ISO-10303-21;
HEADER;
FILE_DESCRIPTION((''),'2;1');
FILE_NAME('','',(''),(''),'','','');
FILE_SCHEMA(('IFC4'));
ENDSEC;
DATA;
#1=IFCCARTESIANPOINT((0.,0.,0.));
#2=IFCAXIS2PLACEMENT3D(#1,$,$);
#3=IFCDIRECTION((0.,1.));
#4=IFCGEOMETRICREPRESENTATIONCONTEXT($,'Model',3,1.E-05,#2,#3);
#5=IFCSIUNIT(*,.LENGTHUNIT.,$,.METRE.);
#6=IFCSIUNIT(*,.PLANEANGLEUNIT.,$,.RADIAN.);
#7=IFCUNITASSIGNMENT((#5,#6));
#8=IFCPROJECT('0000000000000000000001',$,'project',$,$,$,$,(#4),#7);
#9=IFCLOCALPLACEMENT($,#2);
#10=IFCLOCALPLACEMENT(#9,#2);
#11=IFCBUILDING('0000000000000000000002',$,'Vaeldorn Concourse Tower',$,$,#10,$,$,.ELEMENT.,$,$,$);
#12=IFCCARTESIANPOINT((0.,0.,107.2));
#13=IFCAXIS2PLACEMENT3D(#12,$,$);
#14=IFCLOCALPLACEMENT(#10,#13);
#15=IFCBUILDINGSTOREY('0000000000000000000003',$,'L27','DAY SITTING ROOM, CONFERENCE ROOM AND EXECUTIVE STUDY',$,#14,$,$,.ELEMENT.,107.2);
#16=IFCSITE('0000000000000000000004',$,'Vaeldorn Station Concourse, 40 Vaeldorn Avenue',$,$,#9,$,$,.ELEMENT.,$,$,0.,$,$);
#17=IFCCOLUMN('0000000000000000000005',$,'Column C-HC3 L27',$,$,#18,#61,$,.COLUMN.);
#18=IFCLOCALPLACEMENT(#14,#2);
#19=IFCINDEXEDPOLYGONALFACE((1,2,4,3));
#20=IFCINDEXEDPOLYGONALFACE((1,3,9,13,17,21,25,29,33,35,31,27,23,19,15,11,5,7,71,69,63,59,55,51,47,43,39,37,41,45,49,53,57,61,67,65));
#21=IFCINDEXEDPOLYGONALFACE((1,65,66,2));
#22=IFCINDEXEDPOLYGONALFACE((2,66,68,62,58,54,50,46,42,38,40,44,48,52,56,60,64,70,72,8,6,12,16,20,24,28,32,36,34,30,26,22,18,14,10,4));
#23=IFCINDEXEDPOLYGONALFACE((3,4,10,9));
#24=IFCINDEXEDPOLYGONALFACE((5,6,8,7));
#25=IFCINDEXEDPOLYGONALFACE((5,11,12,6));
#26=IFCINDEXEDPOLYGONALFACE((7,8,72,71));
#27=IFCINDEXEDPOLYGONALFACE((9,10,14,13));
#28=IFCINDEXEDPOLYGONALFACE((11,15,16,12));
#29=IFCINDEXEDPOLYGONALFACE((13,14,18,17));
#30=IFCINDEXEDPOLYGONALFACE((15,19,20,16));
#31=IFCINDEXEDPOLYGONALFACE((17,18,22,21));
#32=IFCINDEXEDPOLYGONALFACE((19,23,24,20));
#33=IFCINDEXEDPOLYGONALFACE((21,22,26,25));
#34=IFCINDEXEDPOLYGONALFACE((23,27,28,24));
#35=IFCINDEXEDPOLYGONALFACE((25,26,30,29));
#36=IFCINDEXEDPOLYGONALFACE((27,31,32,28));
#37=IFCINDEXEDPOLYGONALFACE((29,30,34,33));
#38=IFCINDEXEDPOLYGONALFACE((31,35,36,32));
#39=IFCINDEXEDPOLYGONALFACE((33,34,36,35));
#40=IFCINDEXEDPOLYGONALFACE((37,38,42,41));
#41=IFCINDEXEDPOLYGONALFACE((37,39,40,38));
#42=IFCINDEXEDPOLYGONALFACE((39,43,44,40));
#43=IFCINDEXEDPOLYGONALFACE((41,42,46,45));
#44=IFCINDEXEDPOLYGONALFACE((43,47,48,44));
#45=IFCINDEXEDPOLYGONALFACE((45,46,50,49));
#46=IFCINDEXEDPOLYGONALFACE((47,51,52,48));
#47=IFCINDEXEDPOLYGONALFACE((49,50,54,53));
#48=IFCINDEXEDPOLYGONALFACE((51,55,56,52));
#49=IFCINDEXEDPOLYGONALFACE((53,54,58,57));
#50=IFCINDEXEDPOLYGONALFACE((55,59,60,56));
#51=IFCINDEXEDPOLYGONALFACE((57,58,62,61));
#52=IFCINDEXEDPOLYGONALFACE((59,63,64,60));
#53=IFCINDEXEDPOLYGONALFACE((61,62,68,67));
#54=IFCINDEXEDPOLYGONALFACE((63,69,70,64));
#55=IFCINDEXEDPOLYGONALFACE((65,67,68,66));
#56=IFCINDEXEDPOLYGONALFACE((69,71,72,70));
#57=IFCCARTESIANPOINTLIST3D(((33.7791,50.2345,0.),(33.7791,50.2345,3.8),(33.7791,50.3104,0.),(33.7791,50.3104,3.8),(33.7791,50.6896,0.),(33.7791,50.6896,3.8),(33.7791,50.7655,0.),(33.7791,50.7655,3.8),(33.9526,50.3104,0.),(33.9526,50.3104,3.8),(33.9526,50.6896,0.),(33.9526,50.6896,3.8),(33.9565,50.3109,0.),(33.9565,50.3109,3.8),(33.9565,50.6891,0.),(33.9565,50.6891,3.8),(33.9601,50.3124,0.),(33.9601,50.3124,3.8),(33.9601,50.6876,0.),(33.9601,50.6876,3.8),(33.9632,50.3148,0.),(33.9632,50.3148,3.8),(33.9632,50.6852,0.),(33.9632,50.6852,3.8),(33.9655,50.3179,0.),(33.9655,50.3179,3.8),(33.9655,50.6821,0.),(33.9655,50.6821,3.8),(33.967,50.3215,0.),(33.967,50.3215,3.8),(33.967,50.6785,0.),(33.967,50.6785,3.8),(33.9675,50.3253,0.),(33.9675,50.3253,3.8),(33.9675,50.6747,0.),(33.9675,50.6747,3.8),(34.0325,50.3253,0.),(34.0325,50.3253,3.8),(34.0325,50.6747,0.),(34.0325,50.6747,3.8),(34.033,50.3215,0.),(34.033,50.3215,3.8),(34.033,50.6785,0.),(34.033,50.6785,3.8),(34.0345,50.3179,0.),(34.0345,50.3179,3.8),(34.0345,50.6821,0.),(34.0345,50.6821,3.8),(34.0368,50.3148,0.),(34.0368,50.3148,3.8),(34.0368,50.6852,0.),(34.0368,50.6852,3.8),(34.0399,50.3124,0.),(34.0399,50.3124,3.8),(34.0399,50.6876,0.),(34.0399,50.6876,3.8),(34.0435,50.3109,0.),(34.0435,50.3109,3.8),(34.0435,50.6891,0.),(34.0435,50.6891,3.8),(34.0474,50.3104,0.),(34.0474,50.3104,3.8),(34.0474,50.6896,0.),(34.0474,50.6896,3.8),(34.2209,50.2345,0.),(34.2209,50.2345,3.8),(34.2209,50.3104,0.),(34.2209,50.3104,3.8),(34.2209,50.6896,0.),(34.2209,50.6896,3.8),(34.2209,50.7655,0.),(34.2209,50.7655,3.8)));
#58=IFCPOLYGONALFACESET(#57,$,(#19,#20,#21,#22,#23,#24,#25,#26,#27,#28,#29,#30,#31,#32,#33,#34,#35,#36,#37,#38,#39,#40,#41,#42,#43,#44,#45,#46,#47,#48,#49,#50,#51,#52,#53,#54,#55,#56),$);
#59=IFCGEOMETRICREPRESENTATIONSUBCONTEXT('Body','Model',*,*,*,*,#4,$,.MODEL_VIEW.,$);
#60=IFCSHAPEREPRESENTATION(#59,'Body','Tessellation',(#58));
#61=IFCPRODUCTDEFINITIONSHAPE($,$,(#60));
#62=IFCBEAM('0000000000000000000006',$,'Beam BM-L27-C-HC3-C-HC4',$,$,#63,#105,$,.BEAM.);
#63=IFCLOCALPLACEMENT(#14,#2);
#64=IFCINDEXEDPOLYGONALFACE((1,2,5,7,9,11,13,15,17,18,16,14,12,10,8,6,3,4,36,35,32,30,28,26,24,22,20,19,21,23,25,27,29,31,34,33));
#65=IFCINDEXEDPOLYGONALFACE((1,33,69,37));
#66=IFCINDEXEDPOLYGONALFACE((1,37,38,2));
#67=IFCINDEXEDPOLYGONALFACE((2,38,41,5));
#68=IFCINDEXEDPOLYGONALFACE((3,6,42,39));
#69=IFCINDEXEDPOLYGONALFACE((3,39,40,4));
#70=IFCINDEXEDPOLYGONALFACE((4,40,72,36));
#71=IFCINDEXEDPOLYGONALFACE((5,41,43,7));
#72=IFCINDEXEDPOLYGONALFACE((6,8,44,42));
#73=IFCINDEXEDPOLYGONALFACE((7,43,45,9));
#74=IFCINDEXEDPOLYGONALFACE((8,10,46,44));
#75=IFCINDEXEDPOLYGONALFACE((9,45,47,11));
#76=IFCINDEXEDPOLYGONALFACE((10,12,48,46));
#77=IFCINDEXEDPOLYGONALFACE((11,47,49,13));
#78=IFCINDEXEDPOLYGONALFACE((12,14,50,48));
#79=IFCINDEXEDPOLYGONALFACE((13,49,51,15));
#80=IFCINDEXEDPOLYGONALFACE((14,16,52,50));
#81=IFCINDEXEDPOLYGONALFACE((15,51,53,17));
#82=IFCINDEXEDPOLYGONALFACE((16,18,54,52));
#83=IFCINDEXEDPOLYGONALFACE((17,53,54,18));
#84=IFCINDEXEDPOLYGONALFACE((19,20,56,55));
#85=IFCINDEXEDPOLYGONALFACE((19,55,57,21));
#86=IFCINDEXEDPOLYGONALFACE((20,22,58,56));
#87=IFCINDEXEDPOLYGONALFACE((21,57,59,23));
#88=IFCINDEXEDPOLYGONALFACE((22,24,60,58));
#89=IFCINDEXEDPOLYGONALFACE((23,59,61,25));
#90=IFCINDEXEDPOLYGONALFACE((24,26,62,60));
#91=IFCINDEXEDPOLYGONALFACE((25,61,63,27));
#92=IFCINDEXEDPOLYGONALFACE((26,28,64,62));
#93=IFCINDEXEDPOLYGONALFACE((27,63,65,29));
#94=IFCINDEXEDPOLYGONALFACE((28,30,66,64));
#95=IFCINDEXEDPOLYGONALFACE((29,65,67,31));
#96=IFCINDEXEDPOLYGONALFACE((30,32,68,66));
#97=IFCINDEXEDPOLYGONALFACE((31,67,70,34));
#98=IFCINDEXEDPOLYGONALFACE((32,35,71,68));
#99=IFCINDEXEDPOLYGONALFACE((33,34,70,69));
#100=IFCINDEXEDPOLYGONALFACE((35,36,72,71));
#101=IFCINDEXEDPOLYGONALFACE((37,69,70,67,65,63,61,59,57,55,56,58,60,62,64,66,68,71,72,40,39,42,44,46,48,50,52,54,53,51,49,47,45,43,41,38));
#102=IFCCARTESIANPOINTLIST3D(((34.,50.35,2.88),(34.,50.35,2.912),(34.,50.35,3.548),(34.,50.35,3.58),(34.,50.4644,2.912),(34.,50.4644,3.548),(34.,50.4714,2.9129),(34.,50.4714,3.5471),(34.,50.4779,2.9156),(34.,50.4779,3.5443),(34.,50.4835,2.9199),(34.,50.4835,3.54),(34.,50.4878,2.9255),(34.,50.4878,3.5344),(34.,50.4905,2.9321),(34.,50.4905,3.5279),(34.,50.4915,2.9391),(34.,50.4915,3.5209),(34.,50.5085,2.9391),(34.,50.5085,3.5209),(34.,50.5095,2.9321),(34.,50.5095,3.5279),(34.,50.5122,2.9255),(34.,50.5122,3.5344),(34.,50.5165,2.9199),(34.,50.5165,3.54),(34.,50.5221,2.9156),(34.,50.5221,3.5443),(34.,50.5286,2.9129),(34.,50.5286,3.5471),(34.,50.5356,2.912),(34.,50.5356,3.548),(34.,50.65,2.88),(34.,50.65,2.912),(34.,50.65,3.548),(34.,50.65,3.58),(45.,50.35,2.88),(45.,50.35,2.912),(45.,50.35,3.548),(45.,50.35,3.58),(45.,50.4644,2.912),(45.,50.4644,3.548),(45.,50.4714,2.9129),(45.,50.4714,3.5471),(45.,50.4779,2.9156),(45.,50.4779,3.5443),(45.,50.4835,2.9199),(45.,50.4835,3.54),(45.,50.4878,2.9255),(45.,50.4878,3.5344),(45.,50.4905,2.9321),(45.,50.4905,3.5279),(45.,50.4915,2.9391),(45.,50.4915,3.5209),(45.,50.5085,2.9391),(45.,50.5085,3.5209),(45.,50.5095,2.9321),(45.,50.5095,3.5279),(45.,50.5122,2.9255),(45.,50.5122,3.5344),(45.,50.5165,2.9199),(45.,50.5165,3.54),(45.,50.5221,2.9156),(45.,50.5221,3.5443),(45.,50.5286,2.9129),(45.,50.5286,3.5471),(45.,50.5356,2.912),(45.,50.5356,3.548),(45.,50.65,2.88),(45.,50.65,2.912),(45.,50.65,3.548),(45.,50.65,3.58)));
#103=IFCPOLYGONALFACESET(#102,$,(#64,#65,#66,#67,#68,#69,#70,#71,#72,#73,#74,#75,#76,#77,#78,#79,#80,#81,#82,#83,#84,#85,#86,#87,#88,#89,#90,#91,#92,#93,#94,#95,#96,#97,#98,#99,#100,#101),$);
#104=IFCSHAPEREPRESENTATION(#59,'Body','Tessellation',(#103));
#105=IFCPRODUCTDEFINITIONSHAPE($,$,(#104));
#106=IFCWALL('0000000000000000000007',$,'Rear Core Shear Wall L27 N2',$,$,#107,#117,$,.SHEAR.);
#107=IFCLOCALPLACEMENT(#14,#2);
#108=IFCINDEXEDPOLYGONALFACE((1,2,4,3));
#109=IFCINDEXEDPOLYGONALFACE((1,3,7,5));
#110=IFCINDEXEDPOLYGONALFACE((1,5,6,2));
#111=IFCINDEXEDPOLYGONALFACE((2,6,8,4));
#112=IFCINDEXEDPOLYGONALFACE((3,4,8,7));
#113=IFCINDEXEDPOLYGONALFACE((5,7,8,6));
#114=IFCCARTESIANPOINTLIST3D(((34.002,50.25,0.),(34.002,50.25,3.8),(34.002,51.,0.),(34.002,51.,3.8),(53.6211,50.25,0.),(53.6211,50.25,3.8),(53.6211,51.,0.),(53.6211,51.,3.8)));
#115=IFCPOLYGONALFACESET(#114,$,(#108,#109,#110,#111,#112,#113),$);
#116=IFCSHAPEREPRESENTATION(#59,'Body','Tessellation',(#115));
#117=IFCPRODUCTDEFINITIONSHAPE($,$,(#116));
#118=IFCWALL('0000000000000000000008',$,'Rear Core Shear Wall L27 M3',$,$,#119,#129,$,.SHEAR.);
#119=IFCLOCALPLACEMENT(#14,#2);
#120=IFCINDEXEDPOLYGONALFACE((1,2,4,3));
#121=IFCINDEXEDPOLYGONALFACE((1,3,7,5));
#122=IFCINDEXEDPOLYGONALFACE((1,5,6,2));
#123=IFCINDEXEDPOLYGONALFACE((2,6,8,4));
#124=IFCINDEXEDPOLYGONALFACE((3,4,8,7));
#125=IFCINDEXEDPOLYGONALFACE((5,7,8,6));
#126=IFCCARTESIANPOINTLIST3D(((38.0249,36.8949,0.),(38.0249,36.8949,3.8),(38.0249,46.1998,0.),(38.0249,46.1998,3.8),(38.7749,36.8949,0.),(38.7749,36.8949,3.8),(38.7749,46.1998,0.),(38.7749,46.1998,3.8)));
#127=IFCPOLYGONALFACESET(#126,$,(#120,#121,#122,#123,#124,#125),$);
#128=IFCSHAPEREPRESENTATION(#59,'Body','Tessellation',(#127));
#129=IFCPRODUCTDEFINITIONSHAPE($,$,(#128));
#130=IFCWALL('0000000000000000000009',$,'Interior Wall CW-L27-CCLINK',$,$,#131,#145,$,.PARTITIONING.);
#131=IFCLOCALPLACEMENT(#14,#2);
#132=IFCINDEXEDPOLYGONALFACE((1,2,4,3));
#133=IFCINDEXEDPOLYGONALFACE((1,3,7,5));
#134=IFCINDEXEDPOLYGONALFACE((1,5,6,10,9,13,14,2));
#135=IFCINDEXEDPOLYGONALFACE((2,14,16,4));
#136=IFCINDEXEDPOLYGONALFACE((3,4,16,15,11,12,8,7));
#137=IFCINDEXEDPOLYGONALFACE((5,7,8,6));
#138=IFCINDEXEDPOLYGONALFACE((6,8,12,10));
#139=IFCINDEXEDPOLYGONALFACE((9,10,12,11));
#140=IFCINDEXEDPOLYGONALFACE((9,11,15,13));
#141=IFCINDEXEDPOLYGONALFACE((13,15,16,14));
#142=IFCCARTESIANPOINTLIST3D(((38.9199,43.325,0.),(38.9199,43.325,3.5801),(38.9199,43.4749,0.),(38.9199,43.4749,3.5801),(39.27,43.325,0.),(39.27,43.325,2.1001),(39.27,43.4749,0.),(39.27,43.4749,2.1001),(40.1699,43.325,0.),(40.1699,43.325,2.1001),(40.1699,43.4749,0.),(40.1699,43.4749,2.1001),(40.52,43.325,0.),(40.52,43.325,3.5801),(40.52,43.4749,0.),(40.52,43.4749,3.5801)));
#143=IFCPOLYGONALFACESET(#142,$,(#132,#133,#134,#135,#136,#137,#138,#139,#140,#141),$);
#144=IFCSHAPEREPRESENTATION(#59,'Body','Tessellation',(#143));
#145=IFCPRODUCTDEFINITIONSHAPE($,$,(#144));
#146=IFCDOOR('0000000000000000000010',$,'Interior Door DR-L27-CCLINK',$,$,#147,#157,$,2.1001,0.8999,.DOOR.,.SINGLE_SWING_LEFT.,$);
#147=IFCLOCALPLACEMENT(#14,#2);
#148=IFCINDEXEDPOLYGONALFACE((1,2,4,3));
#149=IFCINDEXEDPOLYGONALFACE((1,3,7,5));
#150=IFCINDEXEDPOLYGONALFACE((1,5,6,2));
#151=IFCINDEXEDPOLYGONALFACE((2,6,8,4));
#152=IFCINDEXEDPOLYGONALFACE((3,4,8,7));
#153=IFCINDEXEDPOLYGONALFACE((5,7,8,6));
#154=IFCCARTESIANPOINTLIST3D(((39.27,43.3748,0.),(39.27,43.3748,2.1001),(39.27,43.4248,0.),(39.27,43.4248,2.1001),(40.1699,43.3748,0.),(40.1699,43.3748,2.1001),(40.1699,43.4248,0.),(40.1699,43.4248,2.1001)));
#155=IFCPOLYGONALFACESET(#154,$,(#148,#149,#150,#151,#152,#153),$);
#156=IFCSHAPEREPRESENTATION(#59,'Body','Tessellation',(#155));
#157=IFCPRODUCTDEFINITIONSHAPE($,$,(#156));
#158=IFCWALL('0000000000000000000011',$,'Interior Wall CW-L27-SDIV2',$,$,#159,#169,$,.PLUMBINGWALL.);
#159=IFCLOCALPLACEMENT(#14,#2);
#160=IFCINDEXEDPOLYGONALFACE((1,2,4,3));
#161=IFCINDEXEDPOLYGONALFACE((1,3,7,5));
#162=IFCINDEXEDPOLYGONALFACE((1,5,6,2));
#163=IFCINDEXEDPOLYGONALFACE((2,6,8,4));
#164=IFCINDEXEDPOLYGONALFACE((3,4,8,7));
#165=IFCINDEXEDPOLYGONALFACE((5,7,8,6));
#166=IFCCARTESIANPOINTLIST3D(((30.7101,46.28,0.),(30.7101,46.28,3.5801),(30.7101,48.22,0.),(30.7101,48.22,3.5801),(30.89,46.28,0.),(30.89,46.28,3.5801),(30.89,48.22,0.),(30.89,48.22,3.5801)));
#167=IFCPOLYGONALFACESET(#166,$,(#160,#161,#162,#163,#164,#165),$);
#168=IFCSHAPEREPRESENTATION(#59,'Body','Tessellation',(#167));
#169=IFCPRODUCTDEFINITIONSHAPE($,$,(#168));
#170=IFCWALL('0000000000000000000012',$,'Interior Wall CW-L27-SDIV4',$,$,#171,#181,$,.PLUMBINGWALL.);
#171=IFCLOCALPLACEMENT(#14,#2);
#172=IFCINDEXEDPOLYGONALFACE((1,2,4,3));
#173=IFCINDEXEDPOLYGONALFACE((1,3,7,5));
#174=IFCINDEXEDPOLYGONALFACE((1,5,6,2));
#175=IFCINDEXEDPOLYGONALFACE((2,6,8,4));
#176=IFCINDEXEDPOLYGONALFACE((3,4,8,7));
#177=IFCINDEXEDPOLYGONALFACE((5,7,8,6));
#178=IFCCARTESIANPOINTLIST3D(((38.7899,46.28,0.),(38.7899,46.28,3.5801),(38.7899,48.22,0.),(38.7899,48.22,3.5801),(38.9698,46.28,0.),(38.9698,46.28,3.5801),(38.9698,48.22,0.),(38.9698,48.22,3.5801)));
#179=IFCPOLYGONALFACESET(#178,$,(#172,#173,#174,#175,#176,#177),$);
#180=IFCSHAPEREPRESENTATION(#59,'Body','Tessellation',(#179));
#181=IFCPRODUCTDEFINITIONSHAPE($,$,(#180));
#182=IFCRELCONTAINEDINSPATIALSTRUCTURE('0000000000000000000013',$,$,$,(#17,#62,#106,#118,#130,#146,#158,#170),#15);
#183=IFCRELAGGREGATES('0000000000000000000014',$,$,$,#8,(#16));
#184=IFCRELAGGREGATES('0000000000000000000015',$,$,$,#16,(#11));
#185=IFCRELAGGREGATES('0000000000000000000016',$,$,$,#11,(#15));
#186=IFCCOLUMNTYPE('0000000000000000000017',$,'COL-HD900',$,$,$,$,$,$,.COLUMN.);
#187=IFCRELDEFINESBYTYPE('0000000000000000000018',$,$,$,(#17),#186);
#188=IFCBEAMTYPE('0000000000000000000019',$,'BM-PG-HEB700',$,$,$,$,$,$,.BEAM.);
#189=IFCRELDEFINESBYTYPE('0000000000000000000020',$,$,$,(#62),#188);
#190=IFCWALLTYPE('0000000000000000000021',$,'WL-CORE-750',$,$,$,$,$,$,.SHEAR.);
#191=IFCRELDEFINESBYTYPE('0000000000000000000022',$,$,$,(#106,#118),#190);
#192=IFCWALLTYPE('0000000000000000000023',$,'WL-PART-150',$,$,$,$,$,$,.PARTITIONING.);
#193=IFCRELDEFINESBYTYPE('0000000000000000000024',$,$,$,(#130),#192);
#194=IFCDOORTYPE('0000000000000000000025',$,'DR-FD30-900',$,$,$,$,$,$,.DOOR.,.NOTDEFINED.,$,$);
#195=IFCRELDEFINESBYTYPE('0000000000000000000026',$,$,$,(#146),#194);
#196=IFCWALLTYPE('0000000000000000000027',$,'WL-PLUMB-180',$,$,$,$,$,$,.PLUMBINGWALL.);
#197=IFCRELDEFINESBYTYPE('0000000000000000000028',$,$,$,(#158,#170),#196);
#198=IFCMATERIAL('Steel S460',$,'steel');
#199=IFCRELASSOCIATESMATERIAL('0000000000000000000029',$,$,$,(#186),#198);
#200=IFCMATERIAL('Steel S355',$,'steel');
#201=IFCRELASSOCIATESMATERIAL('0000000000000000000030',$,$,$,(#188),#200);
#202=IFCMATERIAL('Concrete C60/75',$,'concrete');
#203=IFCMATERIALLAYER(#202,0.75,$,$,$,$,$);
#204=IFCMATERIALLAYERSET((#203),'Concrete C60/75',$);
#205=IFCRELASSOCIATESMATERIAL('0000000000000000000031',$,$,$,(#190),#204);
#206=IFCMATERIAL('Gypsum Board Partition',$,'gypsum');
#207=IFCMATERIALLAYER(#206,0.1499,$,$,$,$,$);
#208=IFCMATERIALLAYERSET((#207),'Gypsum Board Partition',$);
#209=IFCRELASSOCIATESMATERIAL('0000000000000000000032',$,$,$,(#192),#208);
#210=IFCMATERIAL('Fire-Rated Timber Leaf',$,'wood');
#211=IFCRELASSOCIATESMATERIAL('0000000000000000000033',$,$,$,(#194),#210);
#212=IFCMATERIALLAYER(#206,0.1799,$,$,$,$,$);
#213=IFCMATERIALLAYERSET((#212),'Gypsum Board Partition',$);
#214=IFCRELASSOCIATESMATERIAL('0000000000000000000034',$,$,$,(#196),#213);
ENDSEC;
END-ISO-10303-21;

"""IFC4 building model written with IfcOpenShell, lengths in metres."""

from ifc_helpers import new_model, si_unit, direction, frame, frame_2d, origin, origin_2d, place, context, subcontext, project, spatial, rectangle, i_section, extrude, source, transform, mapped, material, layer, layer_set, material_profile, profile_set, type_object, element, fill, save


model = new_model("IFC4")

# Units and contexts
model_context = context("Model", 3, precision=1e-05, world=origin(), true_north=direction((0.0, 1.0)))
body_context = subcontext(model_context, "Body", "Model", "MODEL_VIEW")
ifc_project = project(units=[si_unit("LENGTHUNIT", "METRE"), si_unit("PLANEANGLEUNIT", "RADIAN")], contexts=[model_context])

# Site, building, storey
site_placement = place(None, origin())
site = spatial("IfcSite", under=ifc_project, at=site_placement, Name="Vaeldorn Station Concourse, 40 Vaeldorn Avenue", CompositionType="ELEMENT", RefElevation=0.0)
building_placement = place(site_placement, origin())
building = spatial("IfcBuilding", under=site, at=building_placement, Name="Vaeldorn Concourse Tower", CompositionType="ELEMENT")
storey_placement = place(building_placement, frame((0.0, 0.0, 107.2)))
storey = spatial("IfcBuildingStorey", under=building, at=storey_placement, Name="L27", Description="DAY SITTING ROOM, CONFERENCE ROOM AND EXECUTIVE STUDY", CompositionType="ELEMENT", Elevation=107.2)

# Column
ifc_material_1 = material(Name="Steel S460", Category="steel")
ifc_material_profile_1 = material_profile(ifc_material_1, i_section(OverallWidth=0.4419, OverallDepth=0.531, WebThickness=0.0649, FlangeThickness=0.0759, FilletRadius=0.0149, at=origin_2d()), Name="HD 400x900")
ifc_profile_set_1 = profile_set([ifc_material_profile_1], Name="Steel S460")
column_type = type_object("IfcColumnType", Name="COL-HD900", PredefinedType="COLUMN", material=ifc_profile_set_1)
shared_shape_1 = source(origin(), body_context, "Body", "SweptSolid", [
    extrude(i_section(OverallWidth=0.4419, OverallDepth=0.531, WebThickness=0.0649, FlangeThickness=0.0759, FilletRadius=0.0149, at=origin_2d()), origin(), (0.0, 0.0, 1.0), 3.8),
])
column_placement = place(storey_placement, frame((34.0, 50.5, 0.0), z_axis=(0.0, 0.0, 1.0), x_axis=(1.0, 0.0, 0.0)))
element("IfcColumn", 1, at=column_placement, inside=storey, type_object=column_type, Name="Column C-HC3 L27", PredefinedType="COLUMN", context=body_context, shape_type="MappedRepresentation", body=[
    mapped(shared_shape_1, transform((0.0, 0.0, 0.0), scale=1.0)),
])

# Beam
ifc_material_2 = material(Name="Steel S355", Category="steel")
ifc_material_profile_2 = material_profile(ifc_material_2, i_section(OverallWidth=0.3, OverallDepth=0.7, WebThickness=0.0171, FlangeThickness=0.032, FilletRadius=0.0271, at=origin_2d()), Name="HEB 700")
ifc_profile_set_2 = profile_set([ifc_material_profile_2], Name="Steel S355")
beam_type = type_object("IfcBeamType", Name="BM-PG-HEB700", PredefinedType="BEAM", material=ifc_profile_set_2)
shared_shape_2 = source(origin(), body_context, "Body", "SweptSolid", [
    extrude(i_section(OverallWidth=0.3, OverallDepth=0.7, WebThickness=0.0171, FlangeThickness=0.032, FilletRadius=0.0271, at=origin_2d()), origin(), (0.0, 0.0, 1.0), 11.0),
])
beam_placement = place(storey_placement, frame((34.0, 50.5, 3.23), z_axis=(1.0, 0.0, 0.0), x_axis=(0.0, 1.0, 0.0)))
element("IfcBeam", 2, at=beam_placement, inside=storey, type_object=beam_type, Name="Beam BM-L27-C-HC3-C-HC4", PredefinedType="BEAM", context=body_context, shape_type="MappedRepresentation", body=[
    mapped(shared_shape_2, transform((0.0, 0.0, 0.0), scale=1.0)),
])

# Walls
ifc_material_3 = material(Name="Concrete C60/75", Category="concrete")
ifc_layer_1 = layer(ifc_material_3, 0.75)
ifc_layer_set_1 = layer_set([ifc_layer_1], Name="Concrete C60/75")
wall_type_1 = type_object("IfcWallType", Name="WL-CORE-750", PredefinedType="SHEAR", material=ifc_layer_set_1)
wall_1_placement = place(storey_placement, frame((34.002, 50.625, 0.0), z_axis=(0.0, 0.0, 1.0), x_axis=(1.0, 0.0, 0.0)))
element("IfcWall", 3, at=wall_1_placement, inside=storey, type_object=wall_type_1, Name="Rear Core Shear Wall L27 N2", PredefinedType="SHEAR", context=body_context, shape_type="SweptSolid", body=[
    extrude(rectangle(XDim=19.6191, YDim=0.75, at=frame_2d((9.8096, 0.0))), origin(), (0.0, 0.0, 1.0), 3.8),
])
wall_2_placement = place(storey_placement, frame((38.3999, 36.895, 0.0), z_axis=(0.0, 0.0, 1.0), x_axis=(0.0, 1.0, 0.0)))
element("IfcWall", 4, at=wall_2_placement, inside=storey, type_object=wall_type_1, Name="Rear Core Shear Wall L27 M3", PredefinedType="SHEAR", context=body_context, shape_type="SweptSolid", body=[
    extrude(rectangle(XDim=9.3049, YDim=0.75, at=frame_2d((4.6523, 0.0))), origin(), (0.0, 0.0, 1.0), 3.8),
])

# Wall, opening, door
ifc_material_4 = material(Name="Gypsum Board Partition", Category="gypsum")
ifc_layer_2 = layer(ifc_material_4, 0.1499)
ifc_layer_set_2 = layer_set([ifc_layer_2], Name="Gypsum Board Partition")
wall_type_2 = type_object("IfcWallType", Name="WL-PART-150", PredefinedType="PARTITIONING", material=ifc_layer_set_2)
wall_3_placement = place(storey_placement, frame((38.9199, 43.3999, 0.0), z_axis=(0.0, 0.0, 1.0), x_axis=(1.0, 0.0, 0.0)))
wall_3 = element("IfcWall", 5, at=wall_3_placement, inside=storey, type_object=wall_type_2, Name="Interior Wall CW-L27-CCLINK", PredefinedType="PARTITIONING", context=body_context, shape_type="SweptSolid", body=[
    extrude(rectangle(XDim=1.6001, YDim=0.1499, at=frame_2d((0.8, 0.0))), origin(), (0.0, 0.0, 1.0), 3.5801),
])
opening_1_placement = place(wall_3_placement, frame((0.3501, 0.0, 0.0)))
opening_1 = element("IfcOpeningElement", 6, at=opening_1_placement, cuts=wall_3, PredefinedType="OPENING", context=body_context, shape_type="SweptSolid", body=[
    extrude(rectangle(XDim=0.8999, YDim=2.1001, at=frame_2d((0.45, 1.05))), frame((0.0, 0.085, 0.0), z_axis=(0.0, -1.0, 0.0), x_axis=(1.0, 0.0, 0.0)), (0.0, 0.0, 1.0), 0.1699),
])
ifc_material_5 = material(Name="Fire-Rated Timber Leaf", Category="wood")
door_type_1 = type_object("IfcDoorType", Name="DR-FD30-900", OperationType="NOTDEFINED", PredefinedType="DOOR", material=ifc_material_5)
shared_shape_3 = source(origin(), body_context, "Body", "SweptSolid", [
    extrude(rectangle(XDim=0.8999, YDim=2.1001, at=frame_2d((0.45, 1.05))), frame((0.0, 0.0249, 0.0), z_axis=(0.0, -1.0, 0.0), x_axis=(1.0, 0.0, 0.0)), (0.0, 0.0, 1.0), 0.05),
])
door_1_placement = place(opening_1_placement, origin())
door_1 = element("IfcDoor", 7, at=door_1_placement, inside=storey, type_object=door_type_1, Name="Interior Door DR-L27-CCLINK", OperationType="SINGLE_SWING_LEFT", OverallHeight=2.1001, OverallWidth=0.8999, PredefinedType="DOOR", context=body_context, shape_type="MappedRepresentation", body=[
    mapped(shared_shape_3, transform((0.0, 0.0, 0.0), scale=1.0)),
])
fill(opening_1, door_1)

# Walls
ifc_layer_3 = layer(ifc_material_4, 0.1799)
ifc_layer_set_3 = layer_set([ifc_layer_3], Name="Gypsum Board Partition")
wall_type_3 = type_object("IfcWallType", Name="WL-PLUMB-180", PredefinedType="PLUMBINGWALL", material=ifc_layer_set_3)
for number, where, z_axis, x_axis, name in (
    (8, (30.8, 46.28, 0.0), (0.0, 0.0, 1.0), (0.0, 1.0, 0.0), "Interior Wall CW-L27-SDIV2"),
    (9, (38.8799, 46.28, 0.0), (0.0, 0.0, 1.0), (0.0, 1.0, 0.0), "Interior Wall CW-L27-SDIV4"),
):
    element("IfcWall", number, at=place(storey_placement, frame(where, z_axis=z_axis, x_axis=x_axis)), inside=storey, type_object=wall_type_3, Name=name, PredefinedType="PLUMBINGWALL", context=body_context, shape_type="SweptSolid", body=[
        extrude(rectangle(XDim=1.9399, YDim=0.1799, at=frame_2d((0.97, 0.0))), origin(), (0.0, 0.0, 1.0), 3.5801),
    ])

save(model, "model.ifc")
